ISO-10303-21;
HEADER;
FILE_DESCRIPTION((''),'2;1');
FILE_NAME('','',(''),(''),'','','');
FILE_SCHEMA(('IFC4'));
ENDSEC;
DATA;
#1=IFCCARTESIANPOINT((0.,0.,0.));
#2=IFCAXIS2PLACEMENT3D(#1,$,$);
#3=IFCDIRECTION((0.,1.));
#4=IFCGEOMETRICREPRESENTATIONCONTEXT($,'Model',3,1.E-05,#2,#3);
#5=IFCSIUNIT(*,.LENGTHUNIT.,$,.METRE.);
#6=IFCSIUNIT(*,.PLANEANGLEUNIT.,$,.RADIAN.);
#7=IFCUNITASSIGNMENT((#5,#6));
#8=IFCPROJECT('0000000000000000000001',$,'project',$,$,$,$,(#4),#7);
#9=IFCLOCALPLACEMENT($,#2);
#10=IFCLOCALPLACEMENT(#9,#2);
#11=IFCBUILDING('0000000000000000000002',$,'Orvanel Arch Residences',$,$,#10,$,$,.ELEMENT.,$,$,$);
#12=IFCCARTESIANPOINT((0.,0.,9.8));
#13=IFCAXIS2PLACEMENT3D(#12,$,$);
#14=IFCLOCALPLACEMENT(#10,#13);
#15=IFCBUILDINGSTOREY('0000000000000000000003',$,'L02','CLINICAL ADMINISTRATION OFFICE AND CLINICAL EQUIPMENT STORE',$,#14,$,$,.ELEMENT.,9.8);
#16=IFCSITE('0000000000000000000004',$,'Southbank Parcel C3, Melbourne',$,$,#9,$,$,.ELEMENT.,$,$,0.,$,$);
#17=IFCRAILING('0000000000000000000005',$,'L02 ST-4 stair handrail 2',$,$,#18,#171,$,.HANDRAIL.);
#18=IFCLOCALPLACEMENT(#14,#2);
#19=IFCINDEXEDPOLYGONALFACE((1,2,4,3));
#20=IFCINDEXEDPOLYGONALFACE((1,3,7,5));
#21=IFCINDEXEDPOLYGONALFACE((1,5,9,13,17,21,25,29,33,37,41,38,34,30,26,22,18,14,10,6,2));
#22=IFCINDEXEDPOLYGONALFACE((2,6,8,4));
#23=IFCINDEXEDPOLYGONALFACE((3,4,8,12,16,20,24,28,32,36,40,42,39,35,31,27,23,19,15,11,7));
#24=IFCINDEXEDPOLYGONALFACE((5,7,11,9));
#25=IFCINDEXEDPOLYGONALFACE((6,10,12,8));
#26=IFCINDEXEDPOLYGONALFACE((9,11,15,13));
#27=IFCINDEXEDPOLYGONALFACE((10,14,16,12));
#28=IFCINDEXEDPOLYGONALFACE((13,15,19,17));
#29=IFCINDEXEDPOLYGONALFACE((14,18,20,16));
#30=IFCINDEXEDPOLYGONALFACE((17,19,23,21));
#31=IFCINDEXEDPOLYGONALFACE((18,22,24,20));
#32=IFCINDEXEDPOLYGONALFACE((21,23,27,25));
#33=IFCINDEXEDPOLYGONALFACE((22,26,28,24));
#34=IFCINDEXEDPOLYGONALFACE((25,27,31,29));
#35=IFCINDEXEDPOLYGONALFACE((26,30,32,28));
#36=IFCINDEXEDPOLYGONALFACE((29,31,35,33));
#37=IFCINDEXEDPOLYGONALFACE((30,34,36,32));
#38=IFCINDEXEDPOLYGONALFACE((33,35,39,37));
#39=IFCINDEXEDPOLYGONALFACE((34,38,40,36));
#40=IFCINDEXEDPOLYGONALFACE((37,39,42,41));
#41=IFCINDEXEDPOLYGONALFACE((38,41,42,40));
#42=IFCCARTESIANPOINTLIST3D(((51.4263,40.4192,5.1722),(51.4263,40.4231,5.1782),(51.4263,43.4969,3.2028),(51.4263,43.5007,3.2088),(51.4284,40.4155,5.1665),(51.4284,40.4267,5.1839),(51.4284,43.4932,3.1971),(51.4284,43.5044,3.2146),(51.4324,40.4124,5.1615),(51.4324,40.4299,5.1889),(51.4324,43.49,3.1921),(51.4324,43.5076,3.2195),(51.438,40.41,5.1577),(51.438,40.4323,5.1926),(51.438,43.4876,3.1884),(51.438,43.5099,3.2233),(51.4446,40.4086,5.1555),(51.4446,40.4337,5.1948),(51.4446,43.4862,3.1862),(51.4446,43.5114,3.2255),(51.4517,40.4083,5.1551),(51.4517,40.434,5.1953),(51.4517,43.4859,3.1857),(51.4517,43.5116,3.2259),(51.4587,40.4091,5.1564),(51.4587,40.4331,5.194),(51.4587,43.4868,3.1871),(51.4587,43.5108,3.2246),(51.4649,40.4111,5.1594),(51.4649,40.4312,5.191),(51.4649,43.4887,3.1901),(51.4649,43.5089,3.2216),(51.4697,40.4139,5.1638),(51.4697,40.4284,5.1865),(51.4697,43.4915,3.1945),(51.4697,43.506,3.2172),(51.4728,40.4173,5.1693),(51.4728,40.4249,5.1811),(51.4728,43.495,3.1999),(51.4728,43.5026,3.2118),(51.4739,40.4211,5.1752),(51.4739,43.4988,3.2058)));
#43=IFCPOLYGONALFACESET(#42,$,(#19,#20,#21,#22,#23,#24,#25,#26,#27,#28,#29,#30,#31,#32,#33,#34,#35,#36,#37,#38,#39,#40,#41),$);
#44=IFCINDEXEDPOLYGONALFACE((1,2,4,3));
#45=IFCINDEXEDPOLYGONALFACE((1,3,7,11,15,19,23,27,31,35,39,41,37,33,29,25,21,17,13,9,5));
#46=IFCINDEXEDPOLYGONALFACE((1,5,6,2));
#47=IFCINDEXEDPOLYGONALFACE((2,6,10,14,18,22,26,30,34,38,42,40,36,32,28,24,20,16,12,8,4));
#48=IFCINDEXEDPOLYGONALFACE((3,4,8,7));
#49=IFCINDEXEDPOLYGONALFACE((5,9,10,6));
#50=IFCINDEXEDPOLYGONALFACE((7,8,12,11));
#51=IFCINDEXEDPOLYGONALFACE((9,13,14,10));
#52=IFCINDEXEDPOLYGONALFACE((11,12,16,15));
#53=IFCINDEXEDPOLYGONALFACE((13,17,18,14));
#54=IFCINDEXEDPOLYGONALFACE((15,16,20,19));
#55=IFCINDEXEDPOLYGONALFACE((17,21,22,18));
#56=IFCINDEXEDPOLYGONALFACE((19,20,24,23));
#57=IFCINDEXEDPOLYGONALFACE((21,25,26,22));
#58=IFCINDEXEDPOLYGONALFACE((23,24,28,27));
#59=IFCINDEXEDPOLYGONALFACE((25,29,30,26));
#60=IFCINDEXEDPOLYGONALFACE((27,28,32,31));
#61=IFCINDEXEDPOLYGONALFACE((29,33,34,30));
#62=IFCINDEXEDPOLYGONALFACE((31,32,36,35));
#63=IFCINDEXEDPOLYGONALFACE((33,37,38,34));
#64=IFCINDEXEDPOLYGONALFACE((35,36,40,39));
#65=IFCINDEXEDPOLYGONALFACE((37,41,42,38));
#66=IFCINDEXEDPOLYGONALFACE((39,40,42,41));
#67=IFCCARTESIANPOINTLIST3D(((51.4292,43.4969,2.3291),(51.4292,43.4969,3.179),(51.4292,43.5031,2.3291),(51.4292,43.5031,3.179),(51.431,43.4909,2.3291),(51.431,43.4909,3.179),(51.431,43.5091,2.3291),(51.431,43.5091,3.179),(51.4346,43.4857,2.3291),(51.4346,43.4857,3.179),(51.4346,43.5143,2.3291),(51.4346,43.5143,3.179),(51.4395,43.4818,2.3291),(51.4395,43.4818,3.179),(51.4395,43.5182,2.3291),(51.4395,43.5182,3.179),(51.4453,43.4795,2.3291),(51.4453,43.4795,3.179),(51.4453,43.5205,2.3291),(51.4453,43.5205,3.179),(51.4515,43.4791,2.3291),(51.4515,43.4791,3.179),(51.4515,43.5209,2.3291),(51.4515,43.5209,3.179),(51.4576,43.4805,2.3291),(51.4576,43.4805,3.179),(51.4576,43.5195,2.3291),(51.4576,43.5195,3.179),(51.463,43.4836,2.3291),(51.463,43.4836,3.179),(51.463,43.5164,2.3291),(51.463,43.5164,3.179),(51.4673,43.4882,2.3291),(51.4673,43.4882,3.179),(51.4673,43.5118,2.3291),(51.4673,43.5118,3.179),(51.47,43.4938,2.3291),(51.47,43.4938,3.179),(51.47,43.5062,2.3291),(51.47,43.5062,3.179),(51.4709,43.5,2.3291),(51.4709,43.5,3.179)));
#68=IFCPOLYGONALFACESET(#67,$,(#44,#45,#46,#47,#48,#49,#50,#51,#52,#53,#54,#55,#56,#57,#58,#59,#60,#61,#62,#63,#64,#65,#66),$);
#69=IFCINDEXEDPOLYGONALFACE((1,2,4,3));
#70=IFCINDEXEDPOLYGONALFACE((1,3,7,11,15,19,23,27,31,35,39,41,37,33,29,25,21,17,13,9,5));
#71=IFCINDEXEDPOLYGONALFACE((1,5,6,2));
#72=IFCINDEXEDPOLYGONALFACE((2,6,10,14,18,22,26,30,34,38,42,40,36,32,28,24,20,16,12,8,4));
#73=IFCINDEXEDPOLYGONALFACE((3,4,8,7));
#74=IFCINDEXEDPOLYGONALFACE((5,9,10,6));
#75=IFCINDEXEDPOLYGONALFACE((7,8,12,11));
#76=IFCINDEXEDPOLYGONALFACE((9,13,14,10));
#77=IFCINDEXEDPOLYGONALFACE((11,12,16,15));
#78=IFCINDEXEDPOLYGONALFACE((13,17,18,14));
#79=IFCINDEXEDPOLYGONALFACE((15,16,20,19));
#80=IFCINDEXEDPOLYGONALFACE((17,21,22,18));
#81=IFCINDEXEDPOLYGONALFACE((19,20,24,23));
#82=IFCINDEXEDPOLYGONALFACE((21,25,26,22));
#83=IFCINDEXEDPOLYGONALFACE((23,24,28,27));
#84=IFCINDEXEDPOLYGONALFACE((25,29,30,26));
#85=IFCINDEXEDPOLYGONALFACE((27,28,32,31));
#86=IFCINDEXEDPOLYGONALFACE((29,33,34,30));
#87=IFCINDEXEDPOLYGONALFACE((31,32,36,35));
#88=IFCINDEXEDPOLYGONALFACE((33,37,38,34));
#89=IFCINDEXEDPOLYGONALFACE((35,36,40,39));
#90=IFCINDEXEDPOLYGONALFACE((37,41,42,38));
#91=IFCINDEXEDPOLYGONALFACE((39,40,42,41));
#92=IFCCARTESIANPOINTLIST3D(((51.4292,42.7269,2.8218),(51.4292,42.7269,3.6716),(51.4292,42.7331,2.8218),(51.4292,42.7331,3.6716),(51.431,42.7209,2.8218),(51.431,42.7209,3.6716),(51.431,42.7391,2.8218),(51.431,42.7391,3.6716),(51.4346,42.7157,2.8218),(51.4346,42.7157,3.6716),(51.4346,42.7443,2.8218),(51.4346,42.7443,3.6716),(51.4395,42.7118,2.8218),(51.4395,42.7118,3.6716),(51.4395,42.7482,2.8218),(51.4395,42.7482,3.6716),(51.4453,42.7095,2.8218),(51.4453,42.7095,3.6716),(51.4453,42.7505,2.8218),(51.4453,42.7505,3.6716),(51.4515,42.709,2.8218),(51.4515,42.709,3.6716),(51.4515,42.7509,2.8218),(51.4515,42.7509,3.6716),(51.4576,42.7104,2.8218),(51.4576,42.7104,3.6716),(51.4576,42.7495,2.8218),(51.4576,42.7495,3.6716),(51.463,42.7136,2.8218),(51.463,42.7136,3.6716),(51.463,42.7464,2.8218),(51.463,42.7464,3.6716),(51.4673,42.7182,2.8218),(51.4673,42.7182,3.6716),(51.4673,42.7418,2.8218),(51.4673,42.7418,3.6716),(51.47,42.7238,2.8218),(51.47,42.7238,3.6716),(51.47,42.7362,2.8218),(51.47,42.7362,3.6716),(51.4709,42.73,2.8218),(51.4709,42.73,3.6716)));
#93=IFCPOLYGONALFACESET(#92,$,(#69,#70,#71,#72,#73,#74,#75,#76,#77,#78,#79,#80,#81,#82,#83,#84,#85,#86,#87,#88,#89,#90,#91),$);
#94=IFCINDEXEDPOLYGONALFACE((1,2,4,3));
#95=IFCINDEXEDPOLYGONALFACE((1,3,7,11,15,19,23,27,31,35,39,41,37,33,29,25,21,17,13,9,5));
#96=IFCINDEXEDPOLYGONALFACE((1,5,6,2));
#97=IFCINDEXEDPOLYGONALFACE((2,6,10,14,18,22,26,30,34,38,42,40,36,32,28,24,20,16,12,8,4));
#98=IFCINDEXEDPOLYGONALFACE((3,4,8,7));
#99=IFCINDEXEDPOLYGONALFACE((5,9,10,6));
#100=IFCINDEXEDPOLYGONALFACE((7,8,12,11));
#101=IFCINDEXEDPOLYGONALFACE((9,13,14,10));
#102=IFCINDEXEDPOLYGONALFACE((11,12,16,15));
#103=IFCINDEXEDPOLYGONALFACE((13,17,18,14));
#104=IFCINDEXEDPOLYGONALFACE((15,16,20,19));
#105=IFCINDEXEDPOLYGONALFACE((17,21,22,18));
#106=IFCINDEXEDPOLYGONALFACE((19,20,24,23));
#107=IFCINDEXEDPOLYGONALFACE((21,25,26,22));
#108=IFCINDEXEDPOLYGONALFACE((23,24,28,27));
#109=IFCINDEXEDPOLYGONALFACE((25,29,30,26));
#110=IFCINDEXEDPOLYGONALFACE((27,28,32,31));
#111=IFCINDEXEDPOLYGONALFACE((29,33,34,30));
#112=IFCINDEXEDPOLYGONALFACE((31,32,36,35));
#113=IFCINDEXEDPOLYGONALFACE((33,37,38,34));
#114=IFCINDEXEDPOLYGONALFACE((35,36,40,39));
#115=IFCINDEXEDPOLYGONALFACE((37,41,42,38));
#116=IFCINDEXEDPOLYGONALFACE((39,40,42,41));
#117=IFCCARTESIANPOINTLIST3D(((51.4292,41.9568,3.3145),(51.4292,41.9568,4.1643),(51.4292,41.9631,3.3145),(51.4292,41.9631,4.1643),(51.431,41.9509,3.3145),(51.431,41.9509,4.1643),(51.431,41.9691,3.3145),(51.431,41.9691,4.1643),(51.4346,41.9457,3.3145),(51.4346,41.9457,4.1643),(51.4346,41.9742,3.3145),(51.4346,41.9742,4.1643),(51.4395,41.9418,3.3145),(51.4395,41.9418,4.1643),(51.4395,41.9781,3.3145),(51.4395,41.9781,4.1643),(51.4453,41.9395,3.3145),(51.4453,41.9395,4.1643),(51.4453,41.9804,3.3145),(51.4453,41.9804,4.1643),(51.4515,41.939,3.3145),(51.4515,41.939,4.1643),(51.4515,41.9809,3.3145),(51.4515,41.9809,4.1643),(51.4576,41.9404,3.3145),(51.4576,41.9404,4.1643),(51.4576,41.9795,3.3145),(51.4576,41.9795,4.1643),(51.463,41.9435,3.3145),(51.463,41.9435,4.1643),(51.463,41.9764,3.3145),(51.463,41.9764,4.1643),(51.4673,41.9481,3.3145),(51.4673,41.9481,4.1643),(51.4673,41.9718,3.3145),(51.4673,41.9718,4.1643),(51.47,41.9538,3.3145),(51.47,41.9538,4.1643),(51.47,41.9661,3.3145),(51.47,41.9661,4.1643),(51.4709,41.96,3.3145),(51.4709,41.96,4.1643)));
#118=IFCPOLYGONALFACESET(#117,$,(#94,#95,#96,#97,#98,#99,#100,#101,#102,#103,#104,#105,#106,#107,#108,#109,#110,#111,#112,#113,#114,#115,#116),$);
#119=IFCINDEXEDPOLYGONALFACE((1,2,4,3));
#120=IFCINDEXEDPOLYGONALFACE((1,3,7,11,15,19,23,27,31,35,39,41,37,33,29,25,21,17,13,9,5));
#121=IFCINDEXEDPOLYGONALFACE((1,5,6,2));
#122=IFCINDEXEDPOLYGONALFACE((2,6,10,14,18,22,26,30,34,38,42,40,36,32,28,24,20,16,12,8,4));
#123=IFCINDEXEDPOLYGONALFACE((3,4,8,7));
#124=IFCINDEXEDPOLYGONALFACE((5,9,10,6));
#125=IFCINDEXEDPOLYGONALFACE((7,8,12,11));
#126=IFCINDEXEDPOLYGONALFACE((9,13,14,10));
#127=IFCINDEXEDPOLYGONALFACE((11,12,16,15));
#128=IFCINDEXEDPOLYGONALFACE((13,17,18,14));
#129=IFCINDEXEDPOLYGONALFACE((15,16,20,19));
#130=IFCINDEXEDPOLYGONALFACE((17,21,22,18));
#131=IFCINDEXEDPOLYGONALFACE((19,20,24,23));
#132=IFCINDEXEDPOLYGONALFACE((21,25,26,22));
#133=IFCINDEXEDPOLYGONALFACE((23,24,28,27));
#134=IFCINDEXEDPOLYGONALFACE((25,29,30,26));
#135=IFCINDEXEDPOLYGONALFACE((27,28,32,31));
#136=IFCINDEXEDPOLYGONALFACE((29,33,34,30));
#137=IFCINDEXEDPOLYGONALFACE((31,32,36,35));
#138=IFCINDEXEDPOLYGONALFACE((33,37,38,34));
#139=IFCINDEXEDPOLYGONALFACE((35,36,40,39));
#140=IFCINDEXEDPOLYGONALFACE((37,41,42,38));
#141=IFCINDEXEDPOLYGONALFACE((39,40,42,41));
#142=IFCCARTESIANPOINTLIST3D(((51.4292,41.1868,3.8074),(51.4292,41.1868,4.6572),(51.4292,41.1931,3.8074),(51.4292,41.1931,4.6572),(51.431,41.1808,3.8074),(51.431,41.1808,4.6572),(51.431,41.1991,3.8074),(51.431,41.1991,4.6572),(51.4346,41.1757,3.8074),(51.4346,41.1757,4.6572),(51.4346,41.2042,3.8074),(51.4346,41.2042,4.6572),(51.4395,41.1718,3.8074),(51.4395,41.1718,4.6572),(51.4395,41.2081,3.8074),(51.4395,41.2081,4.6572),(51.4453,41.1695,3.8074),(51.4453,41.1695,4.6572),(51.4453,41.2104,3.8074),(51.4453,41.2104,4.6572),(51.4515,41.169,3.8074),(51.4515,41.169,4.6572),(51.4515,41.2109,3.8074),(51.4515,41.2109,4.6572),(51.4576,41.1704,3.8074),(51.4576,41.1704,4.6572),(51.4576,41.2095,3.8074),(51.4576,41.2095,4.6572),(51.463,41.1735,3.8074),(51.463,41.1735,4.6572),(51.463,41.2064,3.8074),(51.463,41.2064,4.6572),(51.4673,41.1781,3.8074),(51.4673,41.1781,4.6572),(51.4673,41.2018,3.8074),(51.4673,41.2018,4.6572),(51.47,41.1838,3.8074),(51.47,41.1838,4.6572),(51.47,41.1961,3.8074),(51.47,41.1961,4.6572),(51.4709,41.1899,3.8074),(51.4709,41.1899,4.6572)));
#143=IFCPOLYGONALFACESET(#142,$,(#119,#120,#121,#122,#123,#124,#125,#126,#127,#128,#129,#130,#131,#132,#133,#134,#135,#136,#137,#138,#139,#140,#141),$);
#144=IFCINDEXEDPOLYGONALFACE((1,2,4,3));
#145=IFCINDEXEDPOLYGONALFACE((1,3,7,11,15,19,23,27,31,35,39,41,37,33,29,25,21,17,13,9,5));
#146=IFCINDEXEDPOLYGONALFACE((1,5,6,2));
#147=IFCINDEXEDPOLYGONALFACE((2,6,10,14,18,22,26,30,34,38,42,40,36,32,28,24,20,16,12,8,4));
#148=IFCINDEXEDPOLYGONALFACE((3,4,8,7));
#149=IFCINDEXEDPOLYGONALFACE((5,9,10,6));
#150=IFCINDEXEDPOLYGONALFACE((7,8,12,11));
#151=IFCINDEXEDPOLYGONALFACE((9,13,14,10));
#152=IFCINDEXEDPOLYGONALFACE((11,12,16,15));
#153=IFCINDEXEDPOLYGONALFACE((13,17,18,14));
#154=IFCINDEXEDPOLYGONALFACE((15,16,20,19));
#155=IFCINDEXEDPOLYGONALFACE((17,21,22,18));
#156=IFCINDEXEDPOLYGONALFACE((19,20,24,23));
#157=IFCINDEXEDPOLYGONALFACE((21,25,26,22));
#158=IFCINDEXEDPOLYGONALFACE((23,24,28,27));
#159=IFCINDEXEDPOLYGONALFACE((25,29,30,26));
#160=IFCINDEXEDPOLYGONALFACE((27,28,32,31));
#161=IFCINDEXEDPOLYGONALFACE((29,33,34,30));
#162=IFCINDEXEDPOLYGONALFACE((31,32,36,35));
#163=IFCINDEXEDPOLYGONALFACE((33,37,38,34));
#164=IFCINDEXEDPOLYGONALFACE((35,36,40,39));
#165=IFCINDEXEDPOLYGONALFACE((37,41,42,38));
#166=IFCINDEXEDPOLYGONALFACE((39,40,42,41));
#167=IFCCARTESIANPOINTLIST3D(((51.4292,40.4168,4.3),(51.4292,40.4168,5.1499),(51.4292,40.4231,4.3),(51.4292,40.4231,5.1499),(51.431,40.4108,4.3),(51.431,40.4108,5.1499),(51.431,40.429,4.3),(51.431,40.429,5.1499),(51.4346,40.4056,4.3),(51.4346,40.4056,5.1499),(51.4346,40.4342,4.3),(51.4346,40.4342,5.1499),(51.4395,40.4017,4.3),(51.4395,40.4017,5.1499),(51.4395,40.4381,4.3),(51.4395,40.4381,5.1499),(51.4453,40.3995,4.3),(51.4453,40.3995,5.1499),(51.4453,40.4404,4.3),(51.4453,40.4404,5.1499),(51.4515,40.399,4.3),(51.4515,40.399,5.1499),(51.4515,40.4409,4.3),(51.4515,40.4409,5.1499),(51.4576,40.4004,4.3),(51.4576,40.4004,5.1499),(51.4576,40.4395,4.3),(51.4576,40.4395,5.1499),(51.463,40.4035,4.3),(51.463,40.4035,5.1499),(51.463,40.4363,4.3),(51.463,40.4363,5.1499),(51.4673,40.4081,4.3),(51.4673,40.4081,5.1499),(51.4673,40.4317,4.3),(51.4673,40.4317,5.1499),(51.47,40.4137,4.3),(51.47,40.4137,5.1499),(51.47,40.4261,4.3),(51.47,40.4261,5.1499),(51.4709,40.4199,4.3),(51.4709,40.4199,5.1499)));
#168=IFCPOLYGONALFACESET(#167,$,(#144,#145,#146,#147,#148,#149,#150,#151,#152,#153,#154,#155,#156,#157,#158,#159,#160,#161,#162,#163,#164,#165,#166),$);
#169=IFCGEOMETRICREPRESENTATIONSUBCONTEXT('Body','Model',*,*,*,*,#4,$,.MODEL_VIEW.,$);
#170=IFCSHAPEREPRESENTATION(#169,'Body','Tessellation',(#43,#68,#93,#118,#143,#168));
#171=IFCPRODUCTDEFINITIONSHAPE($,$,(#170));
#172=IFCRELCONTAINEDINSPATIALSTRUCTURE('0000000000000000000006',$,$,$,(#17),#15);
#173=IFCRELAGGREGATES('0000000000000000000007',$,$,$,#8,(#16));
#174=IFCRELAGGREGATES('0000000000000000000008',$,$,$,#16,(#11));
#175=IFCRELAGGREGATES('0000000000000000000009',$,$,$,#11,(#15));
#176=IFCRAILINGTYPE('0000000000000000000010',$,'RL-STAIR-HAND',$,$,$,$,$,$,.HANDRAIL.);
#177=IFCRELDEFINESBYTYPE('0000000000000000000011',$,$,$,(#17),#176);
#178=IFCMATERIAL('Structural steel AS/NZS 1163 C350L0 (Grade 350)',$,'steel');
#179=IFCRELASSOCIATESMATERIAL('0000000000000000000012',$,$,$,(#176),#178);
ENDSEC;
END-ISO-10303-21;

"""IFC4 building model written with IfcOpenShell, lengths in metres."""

from ifc_helpers import new_model, si_unit, direction, frame, origin, origin_2d, place, context, subcontext, project, spatial, circle, extrude, material, type_object, element, save


model = new_model("IFC4")

# Units and contexts
model_context = context("Model", 3, precision=1e-05, world=origin(), true_north=direction((0.0, 1.0)))
body_context = subcontext(model_context, "Body", "Model", "MODEL_VIEW")
ifc_project = project(units=[si_unit("LENGTHUNIT", "METRE"), si_unit("PLANEANGLEUNIT", "RADIAN")], contexts=[model_context])

# Site, building, storey
site_placement = place(None, origin())
site = spatial("IfcSite", under=ifc_project, at=site_placement, Name="Southbank Parcel C3, Melbourne", CompositionType="ELEMENT", RefElevation=0.0)
building_placement = place(site_placement, origin())
building = spatial("IfcBuilding", under=site, at=building_placement, Name="Orvanel Arch Residences", CompositionType="ELEMENT")
storey_placement = place(building_placement, frame((0.0, 0.0, 9.8)))
storey = spatial("IfcBuildingStorey", under=building, at=storey_placement, Name="L02", Description="CLINICAL ADMINISTRATION OFFICE AND CLINICAL EQUIPMENT STORE", CompositionType="ELEMENT", Elevation=9.8)

# Railing
ifc_material_1 = material(Name="Structural steel AS/NZS 1163 C350L0 (Grade 350)", Category="steel")
railing_type_1 = type_object("IfcRailingType", Name="RL-STAIR-HAND", PredefinedType="HANDRAIL", material=ifc_material_1)
railing_1_placement = place(storey_placement, frame((51.45, 43.5, 2.3291)))
element("IfcRailing", 1, at=railing_1_placement, inside=storey, type_object=railing_type_1, Name="L02 ST-4 stair handrail 2", PredefinedType="HANDRAIL", context=body_context, shape_type="SweptSolid", body=[
    extrude(circle(Radius=0.0239, at=origin_2d()), frame((0.0, -0.0012, 0.8767), z_axis=(0.0, -0.842309, 0.538995), x_axis=(1.0, 0.0, 0.0)), (0.0, 0.0, 1.0), 3.6538),
    extrude(circle(Radius=0.021, at=origin_2d()), origin(), (0.0, 0.0, 1.0), 0.8499),
    extrude(circle(Radius=0.021, at=origin_2d()), frame((0.0, -0.77, 0.4927)), (0.0, 0.0, 1.0), 0.8499),
    extrude(circle(Radius=0.021, at=origin_2d()), frame((0.0, -1.54, 0.9854)), (0.0, 0.0, 1.0), 0.8499),
    extrude(circle(Radius=0.021, at=origin_2d()), frame((0.0, -2.3101, 1.4783)), (0.0, 0.0, 1.0), 0.8499),
    extrude(circle(Radius=0.021, at=origin_2d()), frame((0.0, -3.0801, 1.9709)), (0.0, 0.0, 1.0), 0.8499),
])

save(model, "model.ifc")
